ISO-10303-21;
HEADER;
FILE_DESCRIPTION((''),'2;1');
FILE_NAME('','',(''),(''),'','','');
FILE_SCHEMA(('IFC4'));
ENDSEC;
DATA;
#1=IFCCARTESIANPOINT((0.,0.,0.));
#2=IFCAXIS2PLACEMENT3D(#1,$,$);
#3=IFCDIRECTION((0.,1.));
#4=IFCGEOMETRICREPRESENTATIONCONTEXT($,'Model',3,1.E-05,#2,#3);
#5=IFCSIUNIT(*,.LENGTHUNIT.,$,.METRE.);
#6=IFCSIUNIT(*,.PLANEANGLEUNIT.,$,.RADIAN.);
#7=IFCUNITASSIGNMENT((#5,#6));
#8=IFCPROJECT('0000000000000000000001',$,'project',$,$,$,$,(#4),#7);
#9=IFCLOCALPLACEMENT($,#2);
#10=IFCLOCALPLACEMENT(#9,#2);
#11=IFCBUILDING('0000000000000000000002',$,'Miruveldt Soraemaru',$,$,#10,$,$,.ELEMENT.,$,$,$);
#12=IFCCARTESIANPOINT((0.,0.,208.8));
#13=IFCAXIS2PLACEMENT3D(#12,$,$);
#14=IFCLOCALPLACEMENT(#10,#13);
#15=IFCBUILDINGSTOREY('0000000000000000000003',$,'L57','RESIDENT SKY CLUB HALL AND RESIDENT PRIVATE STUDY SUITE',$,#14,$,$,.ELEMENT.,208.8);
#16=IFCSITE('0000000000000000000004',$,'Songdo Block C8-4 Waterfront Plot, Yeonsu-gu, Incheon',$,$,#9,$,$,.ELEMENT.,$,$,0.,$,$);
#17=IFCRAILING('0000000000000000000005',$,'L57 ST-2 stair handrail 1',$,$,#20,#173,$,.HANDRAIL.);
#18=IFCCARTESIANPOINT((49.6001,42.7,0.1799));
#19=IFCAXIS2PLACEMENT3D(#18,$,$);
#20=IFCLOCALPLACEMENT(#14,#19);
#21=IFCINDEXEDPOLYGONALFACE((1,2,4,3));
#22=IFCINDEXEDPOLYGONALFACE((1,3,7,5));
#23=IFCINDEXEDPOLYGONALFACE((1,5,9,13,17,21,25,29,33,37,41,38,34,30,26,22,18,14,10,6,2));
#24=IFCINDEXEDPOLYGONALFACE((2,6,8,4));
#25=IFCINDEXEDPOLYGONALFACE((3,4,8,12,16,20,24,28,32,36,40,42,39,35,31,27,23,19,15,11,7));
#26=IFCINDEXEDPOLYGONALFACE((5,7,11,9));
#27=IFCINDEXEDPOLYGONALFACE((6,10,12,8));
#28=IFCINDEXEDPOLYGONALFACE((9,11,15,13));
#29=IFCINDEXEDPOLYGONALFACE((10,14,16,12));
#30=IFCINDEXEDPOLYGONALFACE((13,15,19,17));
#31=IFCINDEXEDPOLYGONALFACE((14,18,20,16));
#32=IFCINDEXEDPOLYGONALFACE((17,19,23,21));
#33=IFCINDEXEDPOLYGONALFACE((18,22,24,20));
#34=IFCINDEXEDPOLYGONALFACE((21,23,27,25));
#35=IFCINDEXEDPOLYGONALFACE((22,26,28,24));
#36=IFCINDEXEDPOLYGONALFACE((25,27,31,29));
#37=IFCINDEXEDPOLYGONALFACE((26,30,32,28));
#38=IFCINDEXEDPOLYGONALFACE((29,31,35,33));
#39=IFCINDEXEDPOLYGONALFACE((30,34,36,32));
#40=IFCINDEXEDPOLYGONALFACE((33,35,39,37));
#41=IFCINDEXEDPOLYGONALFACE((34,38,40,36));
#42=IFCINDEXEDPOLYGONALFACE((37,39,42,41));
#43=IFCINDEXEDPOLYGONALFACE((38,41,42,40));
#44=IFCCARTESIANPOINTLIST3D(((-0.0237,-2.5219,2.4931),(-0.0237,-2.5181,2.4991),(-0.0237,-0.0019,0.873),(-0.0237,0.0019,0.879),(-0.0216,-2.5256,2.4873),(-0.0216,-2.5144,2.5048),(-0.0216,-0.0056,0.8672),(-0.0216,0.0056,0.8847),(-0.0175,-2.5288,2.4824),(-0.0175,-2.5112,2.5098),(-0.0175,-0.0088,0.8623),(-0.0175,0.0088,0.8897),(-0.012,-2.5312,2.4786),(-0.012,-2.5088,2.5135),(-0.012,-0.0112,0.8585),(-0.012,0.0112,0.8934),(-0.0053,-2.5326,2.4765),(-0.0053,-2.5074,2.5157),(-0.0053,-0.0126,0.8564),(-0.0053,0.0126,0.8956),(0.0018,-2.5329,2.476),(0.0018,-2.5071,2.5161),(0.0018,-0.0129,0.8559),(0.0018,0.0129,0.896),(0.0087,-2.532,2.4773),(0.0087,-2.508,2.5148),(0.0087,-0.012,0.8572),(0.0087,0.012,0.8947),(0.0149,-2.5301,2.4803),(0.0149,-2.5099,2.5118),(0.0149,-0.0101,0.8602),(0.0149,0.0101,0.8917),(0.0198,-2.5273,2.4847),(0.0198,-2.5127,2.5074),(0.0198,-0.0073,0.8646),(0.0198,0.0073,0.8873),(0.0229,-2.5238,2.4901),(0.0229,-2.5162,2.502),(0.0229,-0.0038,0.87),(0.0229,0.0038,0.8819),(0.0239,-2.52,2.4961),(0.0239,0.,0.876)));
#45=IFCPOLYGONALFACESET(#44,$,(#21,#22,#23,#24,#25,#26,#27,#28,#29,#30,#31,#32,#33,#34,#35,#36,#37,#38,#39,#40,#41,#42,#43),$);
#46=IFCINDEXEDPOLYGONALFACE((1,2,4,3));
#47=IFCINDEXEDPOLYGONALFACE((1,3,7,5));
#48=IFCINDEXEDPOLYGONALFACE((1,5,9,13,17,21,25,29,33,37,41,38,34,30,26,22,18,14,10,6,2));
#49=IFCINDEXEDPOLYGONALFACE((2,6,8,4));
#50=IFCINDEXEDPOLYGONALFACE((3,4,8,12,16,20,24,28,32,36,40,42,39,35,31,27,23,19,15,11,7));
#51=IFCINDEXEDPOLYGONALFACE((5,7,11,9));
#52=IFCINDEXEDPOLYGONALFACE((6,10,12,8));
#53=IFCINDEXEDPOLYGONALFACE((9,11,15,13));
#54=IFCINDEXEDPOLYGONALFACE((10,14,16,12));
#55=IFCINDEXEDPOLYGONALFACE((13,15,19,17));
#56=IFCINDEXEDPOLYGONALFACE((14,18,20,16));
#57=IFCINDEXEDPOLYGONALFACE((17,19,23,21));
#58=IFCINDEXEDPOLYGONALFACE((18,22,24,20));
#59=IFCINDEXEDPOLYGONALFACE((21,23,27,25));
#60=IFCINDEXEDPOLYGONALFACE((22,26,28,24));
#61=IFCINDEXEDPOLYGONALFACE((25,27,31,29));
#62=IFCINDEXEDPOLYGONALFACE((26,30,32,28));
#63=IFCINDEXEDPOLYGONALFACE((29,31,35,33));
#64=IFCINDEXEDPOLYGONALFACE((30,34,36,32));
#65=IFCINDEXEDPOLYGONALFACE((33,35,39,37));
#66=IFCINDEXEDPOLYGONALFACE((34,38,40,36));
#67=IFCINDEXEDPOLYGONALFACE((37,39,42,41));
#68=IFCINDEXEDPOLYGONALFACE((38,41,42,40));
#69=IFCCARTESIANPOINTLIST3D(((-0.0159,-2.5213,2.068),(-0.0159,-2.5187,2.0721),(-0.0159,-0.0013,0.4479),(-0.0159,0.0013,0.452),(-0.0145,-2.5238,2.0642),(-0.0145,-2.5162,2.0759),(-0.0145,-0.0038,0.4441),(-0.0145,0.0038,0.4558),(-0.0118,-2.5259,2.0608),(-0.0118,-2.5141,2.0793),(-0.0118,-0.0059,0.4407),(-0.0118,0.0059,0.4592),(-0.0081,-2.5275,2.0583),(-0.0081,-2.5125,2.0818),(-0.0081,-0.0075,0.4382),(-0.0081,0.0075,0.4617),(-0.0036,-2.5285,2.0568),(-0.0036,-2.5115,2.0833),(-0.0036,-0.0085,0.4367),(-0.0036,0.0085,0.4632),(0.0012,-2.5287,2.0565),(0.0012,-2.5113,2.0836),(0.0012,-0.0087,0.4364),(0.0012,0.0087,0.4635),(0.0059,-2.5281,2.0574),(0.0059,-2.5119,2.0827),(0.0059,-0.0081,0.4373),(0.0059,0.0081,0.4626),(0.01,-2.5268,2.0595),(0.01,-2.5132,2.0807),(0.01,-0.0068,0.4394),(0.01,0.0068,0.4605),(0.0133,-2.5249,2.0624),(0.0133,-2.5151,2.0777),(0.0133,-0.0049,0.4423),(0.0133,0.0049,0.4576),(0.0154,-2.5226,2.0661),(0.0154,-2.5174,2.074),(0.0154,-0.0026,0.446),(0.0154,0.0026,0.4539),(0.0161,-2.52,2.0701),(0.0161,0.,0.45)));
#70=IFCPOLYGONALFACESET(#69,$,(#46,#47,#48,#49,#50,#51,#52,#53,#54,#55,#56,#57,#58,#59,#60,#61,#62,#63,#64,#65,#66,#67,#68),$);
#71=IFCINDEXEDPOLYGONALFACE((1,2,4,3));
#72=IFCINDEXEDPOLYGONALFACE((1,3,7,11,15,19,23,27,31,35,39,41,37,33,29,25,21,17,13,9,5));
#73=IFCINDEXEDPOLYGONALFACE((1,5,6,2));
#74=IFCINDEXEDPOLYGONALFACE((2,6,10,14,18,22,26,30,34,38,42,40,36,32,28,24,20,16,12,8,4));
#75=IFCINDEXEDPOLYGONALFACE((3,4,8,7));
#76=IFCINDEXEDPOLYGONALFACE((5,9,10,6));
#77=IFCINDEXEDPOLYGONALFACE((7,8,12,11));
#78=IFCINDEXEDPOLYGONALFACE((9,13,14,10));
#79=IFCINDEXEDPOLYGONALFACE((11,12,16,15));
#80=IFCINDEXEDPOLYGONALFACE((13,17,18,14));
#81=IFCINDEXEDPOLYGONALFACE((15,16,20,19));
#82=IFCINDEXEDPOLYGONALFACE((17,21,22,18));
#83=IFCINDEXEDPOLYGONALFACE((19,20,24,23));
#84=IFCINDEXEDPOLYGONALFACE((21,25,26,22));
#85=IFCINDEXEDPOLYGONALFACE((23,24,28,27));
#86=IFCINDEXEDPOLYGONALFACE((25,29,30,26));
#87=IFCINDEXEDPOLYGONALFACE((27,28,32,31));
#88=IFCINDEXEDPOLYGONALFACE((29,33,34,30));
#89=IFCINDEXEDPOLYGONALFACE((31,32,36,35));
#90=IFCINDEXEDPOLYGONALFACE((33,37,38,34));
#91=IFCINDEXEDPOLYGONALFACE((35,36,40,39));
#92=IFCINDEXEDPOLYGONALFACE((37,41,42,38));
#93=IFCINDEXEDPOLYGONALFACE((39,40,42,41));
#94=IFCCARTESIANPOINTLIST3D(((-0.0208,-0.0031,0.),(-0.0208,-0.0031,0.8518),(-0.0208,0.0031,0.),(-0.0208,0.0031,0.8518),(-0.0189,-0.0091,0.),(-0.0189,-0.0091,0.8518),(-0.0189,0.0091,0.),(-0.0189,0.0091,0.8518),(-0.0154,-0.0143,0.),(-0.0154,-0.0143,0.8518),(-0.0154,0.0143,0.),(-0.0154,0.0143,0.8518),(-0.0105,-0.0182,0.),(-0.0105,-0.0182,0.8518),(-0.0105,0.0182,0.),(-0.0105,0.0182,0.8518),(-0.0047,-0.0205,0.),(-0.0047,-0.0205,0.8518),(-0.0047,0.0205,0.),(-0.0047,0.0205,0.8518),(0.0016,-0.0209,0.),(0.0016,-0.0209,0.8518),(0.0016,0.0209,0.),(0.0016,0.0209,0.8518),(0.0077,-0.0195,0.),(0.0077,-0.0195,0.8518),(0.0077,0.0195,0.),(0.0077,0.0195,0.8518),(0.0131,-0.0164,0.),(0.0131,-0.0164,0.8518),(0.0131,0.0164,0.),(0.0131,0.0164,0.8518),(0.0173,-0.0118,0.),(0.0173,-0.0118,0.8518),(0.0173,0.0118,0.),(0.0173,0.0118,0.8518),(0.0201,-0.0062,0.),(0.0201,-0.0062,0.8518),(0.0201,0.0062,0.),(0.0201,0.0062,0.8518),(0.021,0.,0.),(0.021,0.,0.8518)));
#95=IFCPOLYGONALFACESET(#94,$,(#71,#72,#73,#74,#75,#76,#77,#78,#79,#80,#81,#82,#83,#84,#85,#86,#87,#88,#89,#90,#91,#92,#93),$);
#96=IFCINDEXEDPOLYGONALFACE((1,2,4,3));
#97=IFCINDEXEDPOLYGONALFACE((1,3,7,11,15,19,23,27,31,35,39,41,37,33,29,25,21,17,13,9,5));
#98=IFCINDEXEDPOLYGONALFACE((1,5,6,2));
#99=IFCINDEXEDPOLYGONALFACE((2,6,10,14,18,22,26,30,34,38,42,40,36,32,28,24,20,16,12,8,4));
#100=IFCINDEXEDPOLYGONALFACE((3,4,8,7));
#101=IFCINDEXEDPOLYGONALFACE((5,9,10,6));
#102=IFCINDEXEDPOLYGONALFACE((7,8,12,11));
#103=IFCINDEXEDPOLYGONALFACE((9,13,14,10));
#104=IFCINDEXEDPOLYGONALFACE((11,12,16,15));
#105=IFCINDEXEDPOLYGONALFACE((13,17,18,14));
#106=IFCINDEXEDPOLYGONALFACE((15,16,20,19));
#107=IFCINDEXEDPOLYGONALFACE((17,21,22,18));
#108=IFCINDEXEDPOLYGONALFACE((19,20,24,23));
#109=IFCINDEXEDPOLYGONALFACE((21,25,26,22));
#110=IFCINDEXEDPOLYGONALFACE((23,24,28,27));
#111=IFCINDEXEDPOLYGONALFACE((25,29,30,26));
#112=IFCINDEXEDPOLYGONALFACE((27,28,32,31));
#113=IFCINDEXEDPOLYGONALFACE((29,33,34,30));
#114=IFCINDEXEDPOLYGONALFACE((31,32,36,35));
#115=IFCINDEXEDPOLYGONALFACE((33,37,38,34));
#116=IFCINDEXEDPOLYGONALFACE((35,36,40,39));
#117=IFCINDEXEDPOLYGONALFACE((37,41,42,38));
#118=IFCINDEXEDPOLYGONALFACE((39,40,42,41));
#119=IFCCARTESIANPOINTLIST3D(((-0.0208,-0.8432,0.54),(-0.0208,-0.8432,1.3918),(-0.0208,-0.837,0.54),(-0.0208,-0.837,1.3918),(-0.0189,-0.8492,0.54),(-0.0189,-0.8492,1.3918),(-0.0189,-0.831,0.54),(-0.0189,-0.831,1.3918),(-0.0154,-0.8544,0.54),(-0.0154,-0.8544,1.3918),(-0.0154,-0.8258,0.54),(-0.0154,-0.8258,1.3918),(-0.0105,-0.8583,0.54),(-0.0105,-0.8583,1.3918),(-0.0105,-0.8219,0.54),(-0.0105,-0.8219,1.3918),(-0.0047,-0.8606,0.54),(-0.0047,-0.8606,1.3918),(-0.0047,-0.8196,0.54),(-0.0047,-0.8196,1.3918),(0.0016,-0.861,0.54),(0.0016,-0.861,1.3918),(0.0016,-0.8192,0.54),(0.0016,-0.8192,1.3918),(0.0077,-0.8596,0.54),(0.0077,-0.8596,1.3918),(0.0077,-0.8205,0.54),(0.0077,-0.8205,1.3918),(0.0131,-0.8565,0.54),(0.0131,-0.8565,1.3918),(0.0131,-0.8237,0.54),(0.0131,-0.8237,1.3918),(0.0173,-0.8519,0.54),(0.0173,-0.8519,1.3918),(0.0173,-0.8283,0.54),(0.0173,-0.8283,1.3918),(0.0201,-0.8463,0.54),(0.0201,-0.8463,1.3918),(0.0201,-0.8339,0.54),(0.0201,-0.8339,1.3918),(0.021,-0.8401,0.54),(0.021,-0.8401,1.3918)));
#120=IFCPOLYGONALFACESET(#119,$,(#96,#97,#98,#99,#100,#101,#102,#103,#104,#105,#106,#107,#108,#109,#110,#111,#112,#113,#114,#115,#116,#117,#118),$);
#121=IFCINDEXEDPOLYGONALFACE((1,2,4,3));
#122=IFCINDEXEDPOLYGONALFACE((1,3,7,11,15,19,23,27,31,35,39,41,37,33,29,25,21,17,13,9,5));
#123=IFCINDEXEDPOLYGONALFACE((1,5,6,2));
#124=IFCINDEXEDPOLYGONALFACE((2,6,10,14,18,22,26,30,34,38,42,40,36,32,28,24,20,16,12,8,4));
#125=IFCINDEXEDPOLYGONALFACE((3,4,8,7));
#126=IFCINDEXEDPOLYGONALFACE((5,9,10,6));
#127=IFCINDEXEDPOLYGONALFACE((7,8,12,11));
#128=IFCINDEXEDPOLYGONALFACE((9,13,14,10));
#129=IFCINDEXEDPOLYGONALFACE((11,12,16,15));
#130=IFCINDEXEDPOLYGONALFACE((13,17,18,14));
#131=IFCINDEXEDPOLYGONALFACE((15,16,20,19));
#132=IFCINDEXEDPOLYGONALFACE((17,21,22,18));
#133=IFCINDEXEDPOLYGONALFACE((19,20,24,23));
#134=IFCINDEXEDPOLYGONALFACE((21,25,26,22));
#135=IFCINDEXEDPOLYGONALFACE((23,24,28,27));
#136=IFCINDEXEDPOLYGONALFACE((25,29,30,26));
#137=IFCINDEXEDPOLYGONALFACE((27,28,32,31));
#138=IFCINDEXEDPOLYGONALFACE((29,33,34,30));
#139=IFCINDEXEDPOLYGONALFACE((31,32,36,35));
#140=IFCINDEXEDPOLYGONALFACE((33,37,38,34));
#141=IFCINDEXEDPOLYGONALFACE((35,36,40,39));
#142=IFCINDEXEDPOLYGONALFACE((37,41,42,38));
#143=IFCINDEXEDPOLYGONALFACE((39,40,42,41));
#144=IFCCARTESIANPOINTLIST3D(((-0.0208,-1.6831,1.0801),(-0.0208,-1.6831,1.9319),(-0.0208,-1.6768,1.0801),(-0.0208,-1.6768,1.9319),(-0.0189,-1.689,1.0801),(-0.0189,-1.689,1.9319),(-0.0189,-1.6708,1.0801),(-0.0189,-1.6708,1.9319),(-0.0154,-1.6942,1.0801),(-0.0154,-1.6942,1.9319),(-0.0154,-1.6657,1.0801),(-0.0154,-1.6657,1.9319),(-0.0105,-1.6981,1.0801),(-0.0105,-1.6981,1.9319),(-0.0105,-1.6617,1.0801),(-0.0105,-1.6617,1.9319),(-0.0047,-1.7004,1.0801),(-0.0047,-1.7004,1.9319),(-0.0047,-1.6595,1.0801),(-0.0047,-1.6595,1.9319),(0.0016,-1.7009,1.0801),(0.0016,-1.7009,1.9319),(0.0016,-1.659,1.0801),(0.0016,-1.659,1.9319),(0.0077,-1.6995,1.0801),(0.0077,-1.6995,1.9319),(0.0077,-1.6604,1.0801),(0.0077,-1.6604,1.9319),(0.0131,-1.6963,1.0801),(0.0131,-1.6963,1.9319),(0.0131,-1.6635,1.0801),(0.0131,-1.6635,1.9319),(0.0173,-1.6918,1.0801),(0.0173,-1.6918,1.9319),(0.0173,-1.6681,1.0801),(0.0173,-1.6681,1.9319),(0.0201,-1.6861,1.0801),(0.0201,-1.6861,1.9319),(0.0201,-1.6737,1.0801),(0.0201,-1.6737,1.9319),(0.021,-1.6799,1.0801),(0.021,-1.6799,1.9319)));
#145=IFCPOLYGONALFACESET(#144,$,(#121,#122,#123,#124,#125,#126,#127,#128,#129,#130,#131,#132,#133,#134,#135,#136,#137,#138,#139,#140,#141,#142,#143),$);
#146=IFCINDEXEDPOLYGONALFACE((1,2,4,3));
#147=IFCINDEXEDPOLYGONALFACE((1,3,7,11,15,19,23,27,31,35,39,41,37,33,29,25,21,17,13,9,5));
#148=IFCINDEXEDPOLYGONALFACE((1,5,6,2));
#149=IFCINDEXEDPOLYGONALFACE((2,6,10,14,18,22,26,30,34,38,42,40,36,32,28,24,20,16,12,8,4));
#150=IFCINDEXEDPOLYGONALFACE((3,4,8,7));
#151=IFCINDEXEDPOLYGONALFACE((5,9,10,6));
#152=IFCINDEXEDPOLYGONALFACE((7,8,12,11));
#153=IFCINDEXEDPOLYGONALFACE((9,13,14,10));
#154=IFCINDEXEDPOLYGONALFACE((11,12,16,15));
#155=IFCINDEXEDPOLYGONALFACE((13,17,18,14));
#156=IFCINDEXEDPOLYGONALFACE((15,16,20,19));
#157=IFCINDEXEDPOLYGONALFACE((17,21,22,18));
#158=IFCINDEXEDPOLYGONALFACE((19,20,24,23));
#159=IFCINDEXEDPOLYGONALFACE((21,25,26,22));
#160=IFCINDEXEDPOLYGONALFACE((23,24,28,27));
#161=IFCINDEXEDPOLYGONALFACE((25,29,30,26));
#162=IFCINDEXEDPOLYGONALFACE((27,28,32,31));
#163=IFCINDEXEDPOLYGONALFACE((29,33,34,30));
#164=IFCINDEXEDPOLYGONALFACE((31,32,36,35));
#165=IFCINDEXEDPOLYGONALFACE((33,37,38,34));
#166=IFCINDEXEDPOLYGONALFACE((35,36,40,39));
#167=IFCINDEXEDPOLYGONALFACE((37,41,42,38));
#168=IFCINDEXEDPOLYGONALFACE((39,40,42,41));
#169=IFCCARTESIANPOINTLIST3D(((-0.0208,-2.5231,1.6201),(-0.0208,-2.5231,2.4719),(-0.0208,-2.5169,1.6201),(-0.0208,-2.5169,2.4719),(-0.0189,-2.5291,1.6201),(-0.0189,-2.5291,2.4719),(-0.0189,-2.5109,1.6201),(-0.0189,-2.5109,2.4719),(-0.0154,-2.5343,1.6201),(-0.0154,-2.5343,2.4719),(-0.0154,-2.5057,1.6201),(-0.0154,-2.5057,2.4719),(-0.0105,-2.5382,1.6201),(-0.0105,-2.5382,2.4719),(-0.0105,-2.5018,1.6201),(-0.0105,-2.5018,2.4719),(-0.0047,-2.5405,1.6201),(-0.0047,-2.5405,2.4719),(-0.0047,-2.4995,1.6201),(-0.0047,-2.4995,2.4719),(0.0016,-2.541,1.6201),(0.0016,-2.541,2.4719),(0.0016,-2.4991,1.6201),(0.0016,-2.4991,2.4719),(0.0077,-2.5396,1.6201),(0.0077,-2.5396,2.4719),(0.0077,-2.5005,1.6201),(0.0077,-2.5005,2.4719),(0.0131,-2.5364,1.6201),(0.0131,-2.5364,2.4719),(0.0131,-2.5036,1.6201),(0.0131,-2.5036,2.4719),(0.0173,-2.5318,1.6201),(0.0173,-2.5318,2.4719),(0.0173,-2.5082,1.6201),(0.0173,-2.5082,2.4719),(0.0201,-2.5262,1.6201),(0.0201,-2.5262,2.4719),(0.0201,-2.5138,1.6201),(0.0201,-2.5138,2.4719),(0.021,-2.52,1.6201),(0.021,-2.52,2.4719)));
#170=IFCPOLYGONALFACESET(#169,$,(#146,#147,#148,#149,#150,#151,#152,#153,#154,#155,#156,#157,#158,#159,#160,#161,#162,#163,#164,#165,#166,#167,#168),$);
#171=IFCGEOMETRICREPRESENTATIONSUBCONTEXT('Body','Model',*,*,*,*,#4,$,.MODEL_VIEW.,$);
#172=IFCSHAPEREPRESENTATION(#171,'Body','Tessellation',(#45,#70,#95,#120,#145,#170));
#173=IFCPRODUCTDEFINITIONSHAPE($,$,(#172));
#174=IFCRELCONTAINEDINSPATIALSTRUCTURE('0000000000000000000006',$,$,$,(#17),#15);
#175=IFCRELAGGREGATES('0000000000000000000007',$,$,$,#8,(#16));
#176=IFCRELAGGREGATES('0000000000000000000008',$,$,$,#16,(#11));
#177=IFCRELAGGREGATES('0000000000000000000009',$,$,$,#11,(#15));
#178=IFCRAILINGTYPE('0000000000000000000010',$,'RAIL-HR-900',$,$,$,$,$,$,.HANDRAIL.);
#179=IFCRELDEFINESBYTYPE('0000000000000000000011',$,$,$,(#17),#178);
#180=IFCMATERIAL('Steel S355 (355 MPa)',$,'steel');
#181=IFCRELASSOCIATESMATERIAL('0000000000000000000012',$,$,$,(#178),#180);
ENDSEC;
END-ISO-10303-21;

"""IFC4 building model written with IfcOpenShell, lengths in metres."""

from ifc_helpers import new_model, si_unit, direction, frame, origin, origin_2d, place, context, subcontext, project, spatial, circle, extrude, material, type_object, element, save


model = new_model("IFC4")

# Units and contexts
model_context = context("Model", 3, precision=1e-05, world=origin(), true_north=direction((0.0, 1.0)))
body_context = subcontext(model_context, "Body", "Model", "MODEL_VIEW")
ifc_project = project(units=[si_unit("LENGTHUNIT", "METRE"), si_unit("PLANEANGLEUNIT", "RADIAN")], contexts=[model_context])

# Site, building, storey
site_placement = place(None, origin())
site = spatial("IfcSite", under=ifc_project, at=site_placement, Name="Songdo Block C8-4 Waterfront Plot, Yeonsu-gu, Incheon", CompositionType="ELEMENT", RefElevation=0.0)
building_placement = place(site_placement, origin())
building = spatial("IfcBuilding", under=site, at=building_placement, Name="Miruveldt Soraemaru", CompositionType="ELEMENT")
storey_placement = place(building_placement, frame((0.0, 0.0, 208.8)))
storey = spatial("IfcBuildingStorey", under=building, at=storey_placement, Name="L57", Description="RESIDENT SKY CLUB HALL AND RESIDENT PRIVATE STUDY SUITE", CompositionType="ELEMENT", Elevation=208.8)

# Railing
ifc_material_1 = material(Name="Steel S355 (355 MPa)", Category="steel")
railing_type_1 = type_object("IfcRailingType", Name="RAIL-HR-900", PredefinedType="HANDRAIL", material=ifc_material_1)
railing_1_placement = place(storey_placement, frame((49.6001, 42.7, 0.1799)))
element("IfcRailing", 1, at=railing_1_placement, inside=storey, type_object=railing_type_1, Name="L57 ST-2 stair handrail 1", PredefinedType="HANDRAIL", context=body_context, shape_type="SweptSolid", body=[
    extrude(circle(Radius=0.0239, at=origin_2d()), frame((0.0, 0.0, 0.876), z_axis=(0.0, -0.841163, 0.540782), x_axis=(1.0, 0.0, 0.0)), (0.0, 0.0, 1.0), 2.9958),
    extrude(circle(Radius=0.0161, at=origin_2d()), frame((0.0, 0.0, 0.45), z_axis=(0.0, -0.841163, 0.540782), x_axis=(1.0, 0.0, 0.0)), (0.0, 0.0, 1.0), 2.9958),
    extrude(circle(Radius=0.021, at=origin_2d()), origin(), (0.0, 0.0, 1.0), 0.8518),
    extrude(circle(Radius=0.021, at=origin_2d()), frame((0.0, -0.8401, 0.54)), (0.0, 0.0, 1.0), 0.8518),
    extrude(circle(Radius=0.021, at=origin_2d()), frame((0.0, -1.6799, 1.0801)), (0.0, 0.0, 1.0), 0.8518),
    extrude(circle(Radius=0.021, at=origin_2d()), frame((0.0, -2.52, 1.6201)), (0.0, 0.0, 1.0), 0.8518),
])

save(model, "model.ifc")
